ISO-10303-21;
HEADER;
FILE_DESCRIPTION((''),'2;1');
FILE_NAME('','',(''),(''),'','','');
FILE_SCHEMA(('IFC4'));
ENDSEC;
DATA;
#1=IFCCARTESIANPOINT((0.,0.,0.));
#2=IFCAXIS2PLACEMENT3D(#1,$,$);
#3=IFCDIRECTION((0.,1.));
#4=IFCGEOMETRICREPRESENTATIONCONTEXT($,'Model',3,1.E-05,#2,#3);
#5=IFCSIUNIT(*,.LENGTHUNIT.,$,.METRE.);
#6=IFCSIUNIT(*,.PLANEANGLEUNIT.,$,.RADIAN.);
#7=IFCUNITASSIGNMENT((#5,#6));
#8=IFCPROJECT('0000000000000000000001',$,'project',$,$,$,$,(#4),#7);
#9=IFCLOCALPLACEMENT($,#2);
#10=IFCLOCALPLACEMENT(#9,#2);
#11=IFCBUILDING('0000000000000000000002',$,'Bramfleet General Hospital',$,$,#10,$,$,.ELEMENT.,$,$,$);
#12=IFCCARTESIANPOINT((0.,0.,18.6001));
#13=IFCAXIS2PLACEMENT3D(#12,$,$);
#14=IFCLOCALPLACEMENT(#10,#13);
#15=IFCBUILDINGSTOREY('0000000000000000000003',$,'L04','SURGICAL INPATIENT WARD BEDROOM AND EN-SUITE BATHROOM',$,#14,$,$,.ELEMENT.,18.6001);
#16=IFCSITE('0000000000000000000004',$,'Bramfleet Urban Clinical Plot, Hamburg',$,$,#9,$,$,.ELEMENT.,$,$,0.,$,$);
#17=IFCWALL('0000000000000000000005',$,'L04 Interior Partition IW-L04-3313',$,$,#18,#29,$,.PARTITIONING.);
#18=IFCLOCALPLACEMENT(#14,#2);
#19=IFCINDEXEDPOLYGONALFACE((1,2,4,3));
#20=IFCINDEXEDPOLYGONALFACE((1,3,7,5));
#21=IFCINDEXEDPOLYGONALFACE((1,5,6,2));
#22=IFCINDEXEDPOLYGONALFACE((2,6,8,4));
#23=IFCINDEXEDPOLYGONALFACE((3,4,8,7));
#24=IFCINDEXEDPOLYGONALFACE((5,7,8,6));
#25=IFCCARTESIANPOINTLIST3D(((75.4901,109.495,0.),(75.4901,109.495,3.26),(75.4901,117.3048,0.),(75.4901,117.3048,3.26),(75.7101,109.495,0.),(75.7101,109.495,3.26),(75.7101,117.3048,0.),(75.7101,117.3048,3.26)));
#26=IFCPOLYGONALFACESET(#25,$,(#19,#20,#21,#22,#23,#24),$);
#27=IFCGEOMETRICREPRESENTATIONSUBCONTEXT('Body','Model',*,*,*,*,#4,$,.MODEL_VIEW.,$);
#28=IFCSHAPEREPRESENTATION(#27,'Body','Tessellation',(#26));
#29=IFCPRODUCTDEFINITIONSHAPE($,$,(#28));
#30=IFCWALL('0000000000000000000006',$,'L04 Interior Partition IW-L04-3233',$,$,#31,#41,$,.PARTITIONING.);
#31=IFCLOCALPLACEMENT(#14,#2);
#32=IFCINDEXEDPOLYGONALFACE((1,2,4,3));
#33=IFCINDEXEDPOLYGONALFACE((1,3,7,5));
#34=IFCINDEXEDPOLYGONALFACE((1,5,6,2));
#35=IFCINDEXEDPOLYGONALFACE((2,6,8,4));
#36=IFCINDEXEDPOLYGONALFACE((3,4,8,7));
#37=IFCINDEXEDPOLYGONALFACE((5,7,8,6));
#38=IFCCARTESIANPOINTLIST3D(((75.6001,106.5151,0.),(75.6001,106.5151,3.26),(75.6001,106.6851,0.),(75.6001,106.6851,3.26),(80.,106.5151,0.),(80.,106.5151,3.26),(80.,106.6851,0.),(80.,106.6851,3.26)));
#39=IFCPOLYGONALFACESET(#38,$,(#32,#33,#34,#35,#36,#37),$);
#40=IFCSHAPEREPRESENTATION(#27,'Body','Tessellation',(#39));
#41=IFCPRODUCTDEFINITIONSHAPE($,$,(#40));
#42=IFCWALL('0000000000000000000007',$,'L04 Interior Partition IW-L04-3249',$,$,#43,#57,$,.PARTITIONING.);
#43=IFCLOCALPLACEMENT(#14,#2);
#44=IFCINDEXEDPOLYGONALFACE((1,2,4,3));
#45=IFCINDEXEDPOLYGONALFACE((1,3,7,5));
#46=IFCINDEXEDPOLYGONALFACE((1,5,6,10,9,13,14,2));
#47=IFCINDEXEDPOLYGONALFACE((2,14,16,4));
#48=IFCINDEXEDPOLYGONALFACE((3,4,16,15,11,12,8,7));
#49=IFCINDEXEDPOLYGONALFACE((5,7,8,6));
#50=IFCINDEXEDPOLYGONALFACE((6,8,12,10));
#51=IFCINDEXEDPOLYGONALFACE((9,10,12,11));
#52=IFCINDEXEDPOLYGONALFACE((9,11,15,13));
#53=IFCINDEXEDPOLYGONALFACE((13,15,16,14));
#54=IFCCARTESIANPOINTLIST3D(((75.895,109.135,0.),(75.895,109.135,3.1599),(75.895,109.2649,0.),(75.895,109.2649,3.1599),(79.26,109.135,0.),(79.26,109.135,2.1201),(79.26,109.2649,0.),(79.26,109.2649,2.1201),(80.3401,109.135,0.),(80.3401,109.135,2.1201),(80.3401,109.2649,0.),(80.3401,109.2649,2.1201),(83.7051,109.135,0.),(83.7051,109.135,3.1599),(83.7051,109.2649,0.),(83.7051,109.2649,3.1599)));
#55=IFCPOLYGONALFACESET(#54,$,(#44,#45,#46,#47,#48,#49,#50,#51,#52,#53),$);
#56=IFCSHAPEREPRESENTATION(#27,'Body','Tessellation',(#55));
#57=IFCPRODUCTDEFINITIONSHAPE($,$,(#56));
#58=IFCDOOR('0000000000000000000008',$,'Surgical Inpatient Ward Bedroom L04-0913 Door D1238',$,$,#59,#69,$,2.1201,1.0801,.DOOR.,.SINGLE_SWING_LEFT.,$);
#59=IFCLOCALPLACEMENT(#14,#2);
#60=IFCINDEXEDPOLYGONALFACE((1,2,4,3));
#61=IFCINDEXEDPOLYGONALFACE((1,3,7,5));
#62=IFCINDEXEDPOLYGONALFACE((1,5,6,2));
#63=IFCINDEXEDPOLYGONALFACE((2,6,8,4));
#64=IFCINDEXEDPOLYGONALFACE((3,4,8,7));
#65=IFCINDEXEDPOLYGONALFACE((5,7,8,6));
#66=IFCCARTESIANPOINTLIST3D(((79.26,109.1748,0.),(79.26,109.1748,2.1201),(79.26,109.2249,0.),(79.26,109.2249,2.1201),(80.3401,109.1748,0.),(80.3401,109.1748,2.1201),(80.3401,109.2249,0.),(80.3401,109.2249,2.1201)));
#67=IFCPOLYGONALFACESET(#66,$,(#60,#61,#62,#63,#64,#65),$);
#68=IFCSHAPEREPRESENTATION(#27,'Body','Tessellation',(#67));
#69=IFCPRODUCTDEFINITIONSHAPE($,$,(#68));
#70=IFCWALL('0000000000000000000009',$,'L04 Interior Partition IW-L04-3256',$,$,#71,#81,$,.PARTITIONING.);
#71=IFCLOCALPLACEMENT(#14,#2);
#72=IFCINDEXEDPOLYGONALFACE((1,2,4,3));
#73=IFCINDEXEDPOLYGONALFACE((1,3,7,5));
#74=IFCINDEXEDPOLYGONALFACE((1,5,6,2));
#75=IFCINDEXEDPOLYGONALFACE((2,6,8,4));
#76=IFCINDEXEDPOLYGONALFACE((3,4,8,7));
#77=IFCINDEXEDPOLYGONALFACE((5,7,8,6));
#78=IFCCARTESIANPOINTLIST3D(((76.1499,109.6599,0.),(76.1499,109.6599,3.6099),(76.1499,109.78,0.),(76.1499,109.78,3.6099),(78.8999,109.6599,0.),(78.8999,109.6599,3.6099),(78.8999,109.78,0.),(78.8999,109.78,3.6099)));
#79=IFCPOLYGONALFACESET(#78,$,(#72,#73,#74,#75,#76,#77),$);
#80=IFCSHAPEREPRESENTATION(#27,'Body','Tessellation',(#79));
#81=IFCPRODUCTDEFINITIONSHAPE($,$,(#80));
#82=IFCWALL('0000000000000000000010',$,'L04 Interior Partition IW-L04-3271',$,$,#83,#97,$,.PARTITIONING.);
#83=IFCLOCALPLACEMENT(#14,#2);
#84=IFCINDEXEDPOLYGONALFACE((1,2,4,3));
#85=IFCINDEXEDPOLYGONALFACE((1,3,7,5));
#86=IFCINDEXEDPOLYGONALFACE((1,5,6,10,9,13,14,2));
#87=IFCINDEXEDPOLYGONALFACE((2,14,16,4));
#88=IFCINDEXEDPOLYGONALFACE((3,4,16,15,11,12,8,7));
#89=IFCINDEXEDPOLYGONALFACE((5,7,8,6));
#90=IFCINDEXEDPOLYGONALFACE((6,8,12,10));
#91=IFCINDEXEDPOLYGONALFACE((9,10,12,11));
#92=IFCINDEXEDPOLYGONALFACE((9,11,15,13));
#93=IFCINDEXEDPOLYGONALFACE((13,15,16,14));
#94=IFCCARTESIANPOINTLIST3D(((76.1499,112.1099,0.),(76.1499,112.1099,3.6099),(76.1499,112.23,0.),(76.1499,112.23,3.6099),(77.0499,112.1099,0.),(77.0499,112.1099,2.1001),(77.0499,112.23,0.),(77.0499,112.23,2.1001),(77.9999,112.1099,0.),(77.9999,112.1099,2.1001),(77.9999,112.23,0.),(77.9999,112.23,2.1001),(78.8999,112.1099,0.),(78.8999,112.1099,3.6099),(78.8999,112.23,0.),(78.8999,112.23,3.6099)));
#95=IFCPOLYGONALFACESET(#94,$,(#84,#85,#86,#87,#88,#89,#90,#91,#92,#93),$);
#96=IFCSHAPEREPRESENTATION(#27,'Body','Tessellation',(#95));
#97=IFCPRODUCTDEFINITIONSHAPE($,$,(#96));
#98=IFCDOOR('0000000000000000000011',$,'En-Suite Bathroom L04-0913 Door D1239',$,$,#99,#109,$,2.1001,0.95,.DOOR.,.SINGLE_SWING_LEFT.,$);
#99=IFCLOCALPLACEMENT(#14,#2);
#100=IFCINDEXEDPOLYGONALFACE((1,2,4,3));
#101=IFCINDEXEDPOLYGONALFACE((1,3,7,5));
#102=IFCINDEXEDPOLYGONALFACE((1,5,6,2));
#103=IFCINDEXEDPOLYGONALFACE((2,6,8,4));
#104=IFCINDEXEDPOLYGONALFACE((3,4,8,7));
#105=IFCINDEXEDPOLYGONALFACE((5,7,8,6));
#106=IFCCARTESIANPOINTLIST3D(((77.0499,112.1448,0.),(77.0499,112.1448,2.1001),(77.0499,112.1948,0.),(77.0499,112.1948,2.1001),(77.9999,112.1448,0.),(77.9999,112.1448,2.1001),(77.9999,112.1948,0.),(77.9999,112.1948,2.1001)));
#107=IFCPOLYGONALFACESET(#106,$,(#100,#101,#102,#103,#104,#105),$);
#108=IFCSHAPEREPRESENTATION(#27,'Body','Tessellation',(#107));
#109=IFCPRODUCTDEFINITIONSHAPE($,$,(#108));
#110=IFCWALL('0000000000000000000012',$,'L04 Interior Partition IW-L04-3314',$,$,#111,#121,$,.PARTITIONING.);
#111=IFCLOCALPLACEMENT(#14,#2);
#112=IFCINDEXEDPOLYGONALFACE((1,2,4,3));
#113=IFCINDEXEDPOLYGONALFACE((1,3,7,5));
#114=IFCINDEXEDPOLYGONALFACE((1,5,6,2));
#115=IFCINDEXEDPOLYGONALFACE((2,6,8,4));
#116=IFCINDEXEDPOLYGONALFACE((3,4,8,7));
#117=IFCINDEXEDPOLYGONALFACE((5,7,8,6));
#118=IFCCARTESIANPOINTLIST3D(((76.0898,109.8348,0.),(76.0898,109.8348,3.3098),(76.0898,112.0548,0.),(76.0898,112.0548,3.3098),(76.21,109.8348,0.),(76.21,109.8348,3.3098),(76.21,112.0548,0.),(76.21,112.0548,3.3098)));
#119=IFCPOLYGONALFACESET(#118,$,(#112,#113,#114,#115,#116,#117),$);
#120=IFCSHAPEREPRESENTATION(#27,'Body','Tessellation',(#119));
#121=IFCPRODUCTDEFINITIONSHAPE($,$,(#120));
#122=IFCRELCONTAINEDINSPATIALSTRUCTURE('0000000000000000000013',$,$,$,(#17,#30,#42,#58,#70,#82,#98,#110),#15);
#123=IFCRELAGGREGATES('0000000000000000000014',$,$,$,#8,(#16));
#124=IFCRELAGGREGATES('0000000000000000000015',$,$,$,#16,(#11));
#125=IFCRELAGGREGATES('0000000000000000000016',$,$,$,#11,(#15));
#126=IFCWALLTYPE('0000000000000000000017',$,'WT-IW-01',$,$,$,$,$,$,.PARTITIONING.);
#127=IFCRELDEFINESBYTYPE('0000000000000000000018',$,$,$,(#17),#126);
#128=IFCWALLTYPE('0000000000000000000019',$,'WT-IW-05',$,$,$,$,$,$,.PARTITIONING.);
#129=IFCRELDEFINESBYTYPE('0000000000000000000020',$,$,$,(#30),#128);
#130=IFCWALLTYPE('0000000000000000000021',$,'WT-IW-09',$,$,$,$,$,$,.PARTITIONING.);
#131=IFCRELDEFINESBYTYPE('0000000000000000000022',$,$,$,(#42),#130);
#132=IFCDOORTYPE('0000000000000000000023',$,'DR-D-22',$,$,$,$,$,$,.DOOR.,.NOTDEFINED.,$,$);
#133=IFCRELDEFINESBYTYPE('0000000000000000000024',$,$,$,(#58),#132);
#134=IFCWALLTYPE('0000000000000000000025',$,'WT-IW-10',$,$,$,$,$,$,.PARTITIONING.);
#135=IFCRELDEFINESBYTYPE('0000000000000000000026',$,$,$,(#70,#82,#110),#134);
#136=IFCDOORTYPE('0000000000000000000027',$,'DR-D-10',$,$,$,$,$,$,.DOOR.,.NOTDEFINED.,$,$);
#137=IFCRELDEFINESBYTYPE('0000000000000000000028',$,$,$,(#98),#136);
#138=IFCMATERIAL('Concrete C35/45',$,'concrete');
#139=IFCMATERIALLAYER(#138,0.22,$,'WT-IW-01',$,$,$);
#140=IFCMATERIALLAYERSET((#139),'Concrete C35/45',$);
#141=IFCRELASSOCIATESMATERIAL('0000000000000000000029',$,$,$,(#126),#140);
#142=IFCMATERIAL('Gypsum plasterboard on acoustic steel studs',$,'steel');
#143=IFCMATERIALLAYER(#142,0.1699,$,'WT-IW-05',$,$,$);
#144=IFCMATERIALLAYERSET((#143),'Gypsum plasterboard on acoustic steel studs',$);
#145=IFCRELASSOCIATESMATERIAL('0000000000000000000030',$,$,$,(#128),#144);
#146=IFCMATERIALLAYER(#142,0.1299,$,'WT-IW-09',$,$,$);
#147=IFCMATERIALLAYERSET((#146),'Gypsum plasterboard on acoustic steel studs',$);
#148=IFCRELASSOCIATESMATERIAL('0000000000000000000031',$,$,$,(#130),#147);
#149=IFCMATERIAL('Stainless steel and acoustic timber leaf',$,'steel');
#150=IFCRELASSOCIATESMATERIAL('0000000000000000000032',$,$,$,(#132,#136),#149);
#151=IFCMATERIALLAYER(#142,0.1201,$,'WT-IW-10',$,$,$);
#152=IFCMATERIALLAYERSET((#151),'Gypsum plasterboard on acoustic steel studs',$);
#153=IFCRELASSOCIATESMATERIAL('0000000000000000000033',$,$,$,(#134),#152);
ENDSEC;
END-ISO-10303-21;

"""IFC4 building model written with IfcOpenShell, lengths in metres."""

from ifc_helpers import new_model, si_unit, direction, frame, frame_2d, origin, place, context, subcontext, project, spatial, rectangle, extrude, material, layer, layer_set, type_object, element, fill, save


model = new_model("IFC4")

# Units and contexts
model_context = context("Model", 3, precision=1e-05, world=origin(), true_north=direction((0.0, 1.0)))
body_context = subcontext(model_context, "Body", "Model", "MODEL_VIEW")
ifc_project = project(units=[si_unit("LENGTHUNIT", "METRE"), si_unit("PLANEANGLEUNIT", "RADIAN")], contexts=[model_context])

# Site, building, storey
site_placement = place(None, origin())
site = spatial("IfcSite", under=ifc_project, at=site_placement, Name="Bramfleet Urban Clinical Plot, Hamburg", CompositionType="ELEMENT", RefElevation=0.0)
building_placement = place(site_placement, origin())
building = spatial("IfcBuilding", under=site, at=building_placement, Name="Bramfleet General Hospital", CompositionType="ELEMENT")
storey_placement = place(building_placement, frame((0.0, 0.0, 18.6001)))
storey = spatial("IfcBuildingStorey", under=building, at=storey_placement, Name="L04", Description="SURGICAL INPATIENT WARD BEDROOM AND EN-SUITE BATHROOM", CompositionType="ELEMENT", Elevation=18.6001)

# Walls
ifc_material_1 = material(Name="Concrete C35/45", Category="concrete")
ifc_layer_1 = layer(ifc_material_1, 0.22, Name="WT-IW-01")
ifc_layer_set_1 = layer_set([ifc_layer_1], Name="Concrete C35/45")
wall_type_1 = type_object("IfcWallType", Name="WT-IW-01", PredefinedType="PARTITIONING", material=ifc_layer_set_1)
wall_1_placement = place(storey_placement, frame((75.6001, 109.4951, 0.0), z_axis=(0.0, 0.0, 1.0), x_axis=(0.0, 1.0, 0.0)))
element("IfcWall", 1, at=wall_1_placement, inside=storey, type_object=wall_type_1, Name="L04 Interior Partition IW-L04-3313", PredefinedType="PARTITIONING", context=body_context, shape_type="SweptSolid", body=[
    extrude(rectangle(XDim=7.8098, YDim=0.22, at=frame_2d((3.9048, 0.0))), origin(), (0.0, 0.0, 1.0), 3.26),
])
ifc_material_2 = material(Name="Gypsum plasterboard on acoustic steel studs", Category="steel")
ifc_layer_2 = layer(ifc_material_2, 0.1699, Name="WT-IW-05")
ifc_layer_set_2 = layer_set([ifc_layer_2], Name="Gypsum plasterboard on acoustic steel studs")
wall_type_2 = type_object("IfcWallType", Name="WT-IW-05", PredefinedType="PARTITIONING", material=ifc_layer_set_2)
wall_2_placement = place(storey_placement, frame((75.6001, 106.6001, 0.0), z_axis=(0.0, 0.0, 1.0), x_axis=(1.0, 0.0, 0.0)))
element("IfcWall", 2, at=wall_2_placement, inside=storey, type_object=wall_type_2, Name="L04 Interior Partition IW-L04-3233", PredefinedType="PARTITIONING", context=body_context, shape_type="SweptSolid", body=[
    extrude(rectangle(XDim=4.3999, YDim=0.1699, at=frame_2d((2.2, 0.0))), origin(), (0.0, 0.0, 1.0), 3.26),
])

# Wall, opening, door
ifc_layer_3 = layer(ifc_material_2, 0.1299, Name="WT-IW-09")
ifc_layer_set_3 = layer_set([ifc_layer_3], Name="Gypsum plasterboard on acoustic steel studs")
wall_type_3 = type_object("IfcWallType", Name="WT-IW-09", PredefinedType="PARTITIONING", material=ifc_layer_set_3)
wall_3_placement = place(storey_placement, frame((75.895, 109.2, 0.0), z_axis=(0.0, 0.0, 1.0), x_axis=(1.0, 0.0, 0.0)))
wall_3 = element("IfcWall", 3, at=wall_3_placement, inside=storey, type_object=wall_type_3, Name="L04 Interior Partition IW-L04-3249", PredefinedType="PARTITIONING", context=body_context, shape_type="SweptSolid", body=[
    extrude(rectangle(XDim=7.8101, YDim=0.1299, at=frame_2d((3.905, 0.0))), origin(), (0.0, 0.0, 1.0), 3.1599),
])
opening_1_placement = place(wall_3_placement, frame((3.365, 0.0, 0.0)))
opening_1 = element("IfcOpeningElement", 4, at=opening_1_placement, cuts=wall_3, PredefinedType="OPENING", context=body_context, shape_type="SweptSolid", body=[
    extrude(rectangle(XDim=1.0801, YDim=2.1201, at=frame_2d((0.54, 1.0601))), frame((0.0, 0.075, 0.0), z_axis=(0.0, -1.0, 0.0), x_axis=(1.0, 0.0, 0.0)), (0.0, 0.0, 1.0), 0.1499),
])
ifc_material_3 = material(Name="Stainless steel and acoustic timber leaf", Category="steel")
door_type_1 = type_object("IfcDoorType", Name="DR-D-22", OperationType="NOTDEFINED", PredefinedType="DOOR", material=ifc_material_3)
door_1_placement = place(opening_1_placement, origin())
door_1 = element("IfcDoor", 5, at=door_1_placement, inside=storey, type_object=door_type_1, Name="Surgical Inpatient Ward Bedroom L04-0913 Door D1238", OperationType="SINGLE_SWING_LEFT", OverallHeight=2.1201, OverallWidth=1.0801, PredefinedType="DOOR", context=body_context, shape_type="SweptSolid", body=[
    extrude(rectangle(XDim=1.0801, YDim=2.1201, at=frame_2d((0.54, 1.0601))), frame((0.0, 0.0249, 0.0), z_axis=(0.0, -1.0, 0.0), x_axis=(1.0, 0.0, 0.0)), (0.0, 0.0, 1.0), 0.05),
])
fill(opening_1, door_1)

# Wall
ifc_layer_4 = layer(ifc_material_2, 0.1201, Name="WT-IW-10")
ifc_layer_set_4 = layer_set([ifc_layer_4], Name="Gypsum plasterboard on acoustic steel studs")
wall_type_4 = type_object("IfcWallType", Name="WT-IW-10", PredefinedType="PARTITIONING", material=ifc_layer_set_4)
wall_4_placement = place(storey_placement, frame((76.1499, 109.72, 0.0), z_axis=(0.0, 0.0, 1.0), x_axis=(1.0, 0.0, 0.0)))
element("IfcWall", 6, at=wall_4_placement, inside=storey, type_object=wall_type_4, Name="L04 Interior Partition IW-L04-3256", PredefinedType="PARTITIONING", context=body_context, shape_type="SweptSolid", body=[
    extrude(rectangle(XDim=2.75, YDim=0.1201, at=frame_2d((1.375, 0.0))), origin(), (0.0, 0.0, 1.0), 3.6099),
])

# Wall, opening, door
wall_5_placement = place(storey_placement, frame((76.1499, 112.1699, 0.0), z_axis=(0.0, 0.0, 1.0), x_axis=(1.0, 0.0, 0.0)))
wall_5 = element("IfcWall", 7, at=wall_5_placement, inside=storey, type_object=wall_type_4, Name="L04 Interior Partition IW-L04-3271", PredefinedType="PARTITIONING", context=body_context, shape_type="SweptSolid", body=[
    extrude(rectangle(XDim=2.75, YDim=0.1201, at=frame_2d((1.375, 0.0))), origin(), (0.0, 0.0, 1.0), 3.6099),
])
opening_2_placement = place(wall_5_placement, frame((0.8999, 0.0, 0.0)))
opening_2 = element("IfcOpeningElement", 8, at=opening_2_placement, cuts=wall_5, PredefinedType="OPENING", context=body_context, shape_type="SweptSolid", body=[
    extrude(rectangle(XDim=0.95, YDim=2.1001, at=frame_2d((0.4751, 1.05))), frame((0.0, 0.0701, 0.0), z_axis=(0.0, -1.0, 0.0), x_axis=(1.0, 0.0, 0.0)), (0.0, 0.0, 1.0), 0.1401),
])
door_type_2 = type_object("IfcDoorType", Name="DR-D-10", OperationType="NOTDEFINED", PredefinedType="DOOR", material=ifc_material_3)
door_2_placement = place(opening_2_placement, origin())
door_2 = element("IfcDoor", 9, at=door_2_placement, inside=storey, type_object=door_type_2, Name="En-Suite Bathroom L04-0913 Door D1239", OperationType="SINGLE_SWING_LEFT", OverallHeight=2.1001, OverallWidth=0.95, PredefinedType="DOOR", context=body_context, shape_type="SweptSolid", body=[
    extrude(rectangle(XDim=0.95, YDim=2.1001, at=frame_2d((0.4751, 1.05))), frame((0.0, 0.0249, 0.0), z_axis=(0.0, -1.0, 0.0), x_axis=(1.0, 0.0, 0.0)), (0.0, 0.0, 1.0), 0.05),
])
fill(opening_2, door_2)

# Wall
wall_6_placement = place(storey_placement, frame((76.1499, 109.835, 0.0), z_axis=(0.0, 0.0, 1.0), x_axis=(0.0, 1.0, 0.0)))
element("IfcWall", 10, at=wall_6_placement, inside=storey, type_object=wall_type_4, Name="L04 Interior Partition IW-L04-3314", PredefinedType="PARTITIONING", context=body_context, shape_type="SweptSolid", body=[
    extrude(rectangle(XDim=2.22, YDim=0.1201, at=frame_2d((1.1099, 0.0))), origin(), (0.0, 0.0, 1.0), 3.3098),
])

save(model, "model.ifc")
